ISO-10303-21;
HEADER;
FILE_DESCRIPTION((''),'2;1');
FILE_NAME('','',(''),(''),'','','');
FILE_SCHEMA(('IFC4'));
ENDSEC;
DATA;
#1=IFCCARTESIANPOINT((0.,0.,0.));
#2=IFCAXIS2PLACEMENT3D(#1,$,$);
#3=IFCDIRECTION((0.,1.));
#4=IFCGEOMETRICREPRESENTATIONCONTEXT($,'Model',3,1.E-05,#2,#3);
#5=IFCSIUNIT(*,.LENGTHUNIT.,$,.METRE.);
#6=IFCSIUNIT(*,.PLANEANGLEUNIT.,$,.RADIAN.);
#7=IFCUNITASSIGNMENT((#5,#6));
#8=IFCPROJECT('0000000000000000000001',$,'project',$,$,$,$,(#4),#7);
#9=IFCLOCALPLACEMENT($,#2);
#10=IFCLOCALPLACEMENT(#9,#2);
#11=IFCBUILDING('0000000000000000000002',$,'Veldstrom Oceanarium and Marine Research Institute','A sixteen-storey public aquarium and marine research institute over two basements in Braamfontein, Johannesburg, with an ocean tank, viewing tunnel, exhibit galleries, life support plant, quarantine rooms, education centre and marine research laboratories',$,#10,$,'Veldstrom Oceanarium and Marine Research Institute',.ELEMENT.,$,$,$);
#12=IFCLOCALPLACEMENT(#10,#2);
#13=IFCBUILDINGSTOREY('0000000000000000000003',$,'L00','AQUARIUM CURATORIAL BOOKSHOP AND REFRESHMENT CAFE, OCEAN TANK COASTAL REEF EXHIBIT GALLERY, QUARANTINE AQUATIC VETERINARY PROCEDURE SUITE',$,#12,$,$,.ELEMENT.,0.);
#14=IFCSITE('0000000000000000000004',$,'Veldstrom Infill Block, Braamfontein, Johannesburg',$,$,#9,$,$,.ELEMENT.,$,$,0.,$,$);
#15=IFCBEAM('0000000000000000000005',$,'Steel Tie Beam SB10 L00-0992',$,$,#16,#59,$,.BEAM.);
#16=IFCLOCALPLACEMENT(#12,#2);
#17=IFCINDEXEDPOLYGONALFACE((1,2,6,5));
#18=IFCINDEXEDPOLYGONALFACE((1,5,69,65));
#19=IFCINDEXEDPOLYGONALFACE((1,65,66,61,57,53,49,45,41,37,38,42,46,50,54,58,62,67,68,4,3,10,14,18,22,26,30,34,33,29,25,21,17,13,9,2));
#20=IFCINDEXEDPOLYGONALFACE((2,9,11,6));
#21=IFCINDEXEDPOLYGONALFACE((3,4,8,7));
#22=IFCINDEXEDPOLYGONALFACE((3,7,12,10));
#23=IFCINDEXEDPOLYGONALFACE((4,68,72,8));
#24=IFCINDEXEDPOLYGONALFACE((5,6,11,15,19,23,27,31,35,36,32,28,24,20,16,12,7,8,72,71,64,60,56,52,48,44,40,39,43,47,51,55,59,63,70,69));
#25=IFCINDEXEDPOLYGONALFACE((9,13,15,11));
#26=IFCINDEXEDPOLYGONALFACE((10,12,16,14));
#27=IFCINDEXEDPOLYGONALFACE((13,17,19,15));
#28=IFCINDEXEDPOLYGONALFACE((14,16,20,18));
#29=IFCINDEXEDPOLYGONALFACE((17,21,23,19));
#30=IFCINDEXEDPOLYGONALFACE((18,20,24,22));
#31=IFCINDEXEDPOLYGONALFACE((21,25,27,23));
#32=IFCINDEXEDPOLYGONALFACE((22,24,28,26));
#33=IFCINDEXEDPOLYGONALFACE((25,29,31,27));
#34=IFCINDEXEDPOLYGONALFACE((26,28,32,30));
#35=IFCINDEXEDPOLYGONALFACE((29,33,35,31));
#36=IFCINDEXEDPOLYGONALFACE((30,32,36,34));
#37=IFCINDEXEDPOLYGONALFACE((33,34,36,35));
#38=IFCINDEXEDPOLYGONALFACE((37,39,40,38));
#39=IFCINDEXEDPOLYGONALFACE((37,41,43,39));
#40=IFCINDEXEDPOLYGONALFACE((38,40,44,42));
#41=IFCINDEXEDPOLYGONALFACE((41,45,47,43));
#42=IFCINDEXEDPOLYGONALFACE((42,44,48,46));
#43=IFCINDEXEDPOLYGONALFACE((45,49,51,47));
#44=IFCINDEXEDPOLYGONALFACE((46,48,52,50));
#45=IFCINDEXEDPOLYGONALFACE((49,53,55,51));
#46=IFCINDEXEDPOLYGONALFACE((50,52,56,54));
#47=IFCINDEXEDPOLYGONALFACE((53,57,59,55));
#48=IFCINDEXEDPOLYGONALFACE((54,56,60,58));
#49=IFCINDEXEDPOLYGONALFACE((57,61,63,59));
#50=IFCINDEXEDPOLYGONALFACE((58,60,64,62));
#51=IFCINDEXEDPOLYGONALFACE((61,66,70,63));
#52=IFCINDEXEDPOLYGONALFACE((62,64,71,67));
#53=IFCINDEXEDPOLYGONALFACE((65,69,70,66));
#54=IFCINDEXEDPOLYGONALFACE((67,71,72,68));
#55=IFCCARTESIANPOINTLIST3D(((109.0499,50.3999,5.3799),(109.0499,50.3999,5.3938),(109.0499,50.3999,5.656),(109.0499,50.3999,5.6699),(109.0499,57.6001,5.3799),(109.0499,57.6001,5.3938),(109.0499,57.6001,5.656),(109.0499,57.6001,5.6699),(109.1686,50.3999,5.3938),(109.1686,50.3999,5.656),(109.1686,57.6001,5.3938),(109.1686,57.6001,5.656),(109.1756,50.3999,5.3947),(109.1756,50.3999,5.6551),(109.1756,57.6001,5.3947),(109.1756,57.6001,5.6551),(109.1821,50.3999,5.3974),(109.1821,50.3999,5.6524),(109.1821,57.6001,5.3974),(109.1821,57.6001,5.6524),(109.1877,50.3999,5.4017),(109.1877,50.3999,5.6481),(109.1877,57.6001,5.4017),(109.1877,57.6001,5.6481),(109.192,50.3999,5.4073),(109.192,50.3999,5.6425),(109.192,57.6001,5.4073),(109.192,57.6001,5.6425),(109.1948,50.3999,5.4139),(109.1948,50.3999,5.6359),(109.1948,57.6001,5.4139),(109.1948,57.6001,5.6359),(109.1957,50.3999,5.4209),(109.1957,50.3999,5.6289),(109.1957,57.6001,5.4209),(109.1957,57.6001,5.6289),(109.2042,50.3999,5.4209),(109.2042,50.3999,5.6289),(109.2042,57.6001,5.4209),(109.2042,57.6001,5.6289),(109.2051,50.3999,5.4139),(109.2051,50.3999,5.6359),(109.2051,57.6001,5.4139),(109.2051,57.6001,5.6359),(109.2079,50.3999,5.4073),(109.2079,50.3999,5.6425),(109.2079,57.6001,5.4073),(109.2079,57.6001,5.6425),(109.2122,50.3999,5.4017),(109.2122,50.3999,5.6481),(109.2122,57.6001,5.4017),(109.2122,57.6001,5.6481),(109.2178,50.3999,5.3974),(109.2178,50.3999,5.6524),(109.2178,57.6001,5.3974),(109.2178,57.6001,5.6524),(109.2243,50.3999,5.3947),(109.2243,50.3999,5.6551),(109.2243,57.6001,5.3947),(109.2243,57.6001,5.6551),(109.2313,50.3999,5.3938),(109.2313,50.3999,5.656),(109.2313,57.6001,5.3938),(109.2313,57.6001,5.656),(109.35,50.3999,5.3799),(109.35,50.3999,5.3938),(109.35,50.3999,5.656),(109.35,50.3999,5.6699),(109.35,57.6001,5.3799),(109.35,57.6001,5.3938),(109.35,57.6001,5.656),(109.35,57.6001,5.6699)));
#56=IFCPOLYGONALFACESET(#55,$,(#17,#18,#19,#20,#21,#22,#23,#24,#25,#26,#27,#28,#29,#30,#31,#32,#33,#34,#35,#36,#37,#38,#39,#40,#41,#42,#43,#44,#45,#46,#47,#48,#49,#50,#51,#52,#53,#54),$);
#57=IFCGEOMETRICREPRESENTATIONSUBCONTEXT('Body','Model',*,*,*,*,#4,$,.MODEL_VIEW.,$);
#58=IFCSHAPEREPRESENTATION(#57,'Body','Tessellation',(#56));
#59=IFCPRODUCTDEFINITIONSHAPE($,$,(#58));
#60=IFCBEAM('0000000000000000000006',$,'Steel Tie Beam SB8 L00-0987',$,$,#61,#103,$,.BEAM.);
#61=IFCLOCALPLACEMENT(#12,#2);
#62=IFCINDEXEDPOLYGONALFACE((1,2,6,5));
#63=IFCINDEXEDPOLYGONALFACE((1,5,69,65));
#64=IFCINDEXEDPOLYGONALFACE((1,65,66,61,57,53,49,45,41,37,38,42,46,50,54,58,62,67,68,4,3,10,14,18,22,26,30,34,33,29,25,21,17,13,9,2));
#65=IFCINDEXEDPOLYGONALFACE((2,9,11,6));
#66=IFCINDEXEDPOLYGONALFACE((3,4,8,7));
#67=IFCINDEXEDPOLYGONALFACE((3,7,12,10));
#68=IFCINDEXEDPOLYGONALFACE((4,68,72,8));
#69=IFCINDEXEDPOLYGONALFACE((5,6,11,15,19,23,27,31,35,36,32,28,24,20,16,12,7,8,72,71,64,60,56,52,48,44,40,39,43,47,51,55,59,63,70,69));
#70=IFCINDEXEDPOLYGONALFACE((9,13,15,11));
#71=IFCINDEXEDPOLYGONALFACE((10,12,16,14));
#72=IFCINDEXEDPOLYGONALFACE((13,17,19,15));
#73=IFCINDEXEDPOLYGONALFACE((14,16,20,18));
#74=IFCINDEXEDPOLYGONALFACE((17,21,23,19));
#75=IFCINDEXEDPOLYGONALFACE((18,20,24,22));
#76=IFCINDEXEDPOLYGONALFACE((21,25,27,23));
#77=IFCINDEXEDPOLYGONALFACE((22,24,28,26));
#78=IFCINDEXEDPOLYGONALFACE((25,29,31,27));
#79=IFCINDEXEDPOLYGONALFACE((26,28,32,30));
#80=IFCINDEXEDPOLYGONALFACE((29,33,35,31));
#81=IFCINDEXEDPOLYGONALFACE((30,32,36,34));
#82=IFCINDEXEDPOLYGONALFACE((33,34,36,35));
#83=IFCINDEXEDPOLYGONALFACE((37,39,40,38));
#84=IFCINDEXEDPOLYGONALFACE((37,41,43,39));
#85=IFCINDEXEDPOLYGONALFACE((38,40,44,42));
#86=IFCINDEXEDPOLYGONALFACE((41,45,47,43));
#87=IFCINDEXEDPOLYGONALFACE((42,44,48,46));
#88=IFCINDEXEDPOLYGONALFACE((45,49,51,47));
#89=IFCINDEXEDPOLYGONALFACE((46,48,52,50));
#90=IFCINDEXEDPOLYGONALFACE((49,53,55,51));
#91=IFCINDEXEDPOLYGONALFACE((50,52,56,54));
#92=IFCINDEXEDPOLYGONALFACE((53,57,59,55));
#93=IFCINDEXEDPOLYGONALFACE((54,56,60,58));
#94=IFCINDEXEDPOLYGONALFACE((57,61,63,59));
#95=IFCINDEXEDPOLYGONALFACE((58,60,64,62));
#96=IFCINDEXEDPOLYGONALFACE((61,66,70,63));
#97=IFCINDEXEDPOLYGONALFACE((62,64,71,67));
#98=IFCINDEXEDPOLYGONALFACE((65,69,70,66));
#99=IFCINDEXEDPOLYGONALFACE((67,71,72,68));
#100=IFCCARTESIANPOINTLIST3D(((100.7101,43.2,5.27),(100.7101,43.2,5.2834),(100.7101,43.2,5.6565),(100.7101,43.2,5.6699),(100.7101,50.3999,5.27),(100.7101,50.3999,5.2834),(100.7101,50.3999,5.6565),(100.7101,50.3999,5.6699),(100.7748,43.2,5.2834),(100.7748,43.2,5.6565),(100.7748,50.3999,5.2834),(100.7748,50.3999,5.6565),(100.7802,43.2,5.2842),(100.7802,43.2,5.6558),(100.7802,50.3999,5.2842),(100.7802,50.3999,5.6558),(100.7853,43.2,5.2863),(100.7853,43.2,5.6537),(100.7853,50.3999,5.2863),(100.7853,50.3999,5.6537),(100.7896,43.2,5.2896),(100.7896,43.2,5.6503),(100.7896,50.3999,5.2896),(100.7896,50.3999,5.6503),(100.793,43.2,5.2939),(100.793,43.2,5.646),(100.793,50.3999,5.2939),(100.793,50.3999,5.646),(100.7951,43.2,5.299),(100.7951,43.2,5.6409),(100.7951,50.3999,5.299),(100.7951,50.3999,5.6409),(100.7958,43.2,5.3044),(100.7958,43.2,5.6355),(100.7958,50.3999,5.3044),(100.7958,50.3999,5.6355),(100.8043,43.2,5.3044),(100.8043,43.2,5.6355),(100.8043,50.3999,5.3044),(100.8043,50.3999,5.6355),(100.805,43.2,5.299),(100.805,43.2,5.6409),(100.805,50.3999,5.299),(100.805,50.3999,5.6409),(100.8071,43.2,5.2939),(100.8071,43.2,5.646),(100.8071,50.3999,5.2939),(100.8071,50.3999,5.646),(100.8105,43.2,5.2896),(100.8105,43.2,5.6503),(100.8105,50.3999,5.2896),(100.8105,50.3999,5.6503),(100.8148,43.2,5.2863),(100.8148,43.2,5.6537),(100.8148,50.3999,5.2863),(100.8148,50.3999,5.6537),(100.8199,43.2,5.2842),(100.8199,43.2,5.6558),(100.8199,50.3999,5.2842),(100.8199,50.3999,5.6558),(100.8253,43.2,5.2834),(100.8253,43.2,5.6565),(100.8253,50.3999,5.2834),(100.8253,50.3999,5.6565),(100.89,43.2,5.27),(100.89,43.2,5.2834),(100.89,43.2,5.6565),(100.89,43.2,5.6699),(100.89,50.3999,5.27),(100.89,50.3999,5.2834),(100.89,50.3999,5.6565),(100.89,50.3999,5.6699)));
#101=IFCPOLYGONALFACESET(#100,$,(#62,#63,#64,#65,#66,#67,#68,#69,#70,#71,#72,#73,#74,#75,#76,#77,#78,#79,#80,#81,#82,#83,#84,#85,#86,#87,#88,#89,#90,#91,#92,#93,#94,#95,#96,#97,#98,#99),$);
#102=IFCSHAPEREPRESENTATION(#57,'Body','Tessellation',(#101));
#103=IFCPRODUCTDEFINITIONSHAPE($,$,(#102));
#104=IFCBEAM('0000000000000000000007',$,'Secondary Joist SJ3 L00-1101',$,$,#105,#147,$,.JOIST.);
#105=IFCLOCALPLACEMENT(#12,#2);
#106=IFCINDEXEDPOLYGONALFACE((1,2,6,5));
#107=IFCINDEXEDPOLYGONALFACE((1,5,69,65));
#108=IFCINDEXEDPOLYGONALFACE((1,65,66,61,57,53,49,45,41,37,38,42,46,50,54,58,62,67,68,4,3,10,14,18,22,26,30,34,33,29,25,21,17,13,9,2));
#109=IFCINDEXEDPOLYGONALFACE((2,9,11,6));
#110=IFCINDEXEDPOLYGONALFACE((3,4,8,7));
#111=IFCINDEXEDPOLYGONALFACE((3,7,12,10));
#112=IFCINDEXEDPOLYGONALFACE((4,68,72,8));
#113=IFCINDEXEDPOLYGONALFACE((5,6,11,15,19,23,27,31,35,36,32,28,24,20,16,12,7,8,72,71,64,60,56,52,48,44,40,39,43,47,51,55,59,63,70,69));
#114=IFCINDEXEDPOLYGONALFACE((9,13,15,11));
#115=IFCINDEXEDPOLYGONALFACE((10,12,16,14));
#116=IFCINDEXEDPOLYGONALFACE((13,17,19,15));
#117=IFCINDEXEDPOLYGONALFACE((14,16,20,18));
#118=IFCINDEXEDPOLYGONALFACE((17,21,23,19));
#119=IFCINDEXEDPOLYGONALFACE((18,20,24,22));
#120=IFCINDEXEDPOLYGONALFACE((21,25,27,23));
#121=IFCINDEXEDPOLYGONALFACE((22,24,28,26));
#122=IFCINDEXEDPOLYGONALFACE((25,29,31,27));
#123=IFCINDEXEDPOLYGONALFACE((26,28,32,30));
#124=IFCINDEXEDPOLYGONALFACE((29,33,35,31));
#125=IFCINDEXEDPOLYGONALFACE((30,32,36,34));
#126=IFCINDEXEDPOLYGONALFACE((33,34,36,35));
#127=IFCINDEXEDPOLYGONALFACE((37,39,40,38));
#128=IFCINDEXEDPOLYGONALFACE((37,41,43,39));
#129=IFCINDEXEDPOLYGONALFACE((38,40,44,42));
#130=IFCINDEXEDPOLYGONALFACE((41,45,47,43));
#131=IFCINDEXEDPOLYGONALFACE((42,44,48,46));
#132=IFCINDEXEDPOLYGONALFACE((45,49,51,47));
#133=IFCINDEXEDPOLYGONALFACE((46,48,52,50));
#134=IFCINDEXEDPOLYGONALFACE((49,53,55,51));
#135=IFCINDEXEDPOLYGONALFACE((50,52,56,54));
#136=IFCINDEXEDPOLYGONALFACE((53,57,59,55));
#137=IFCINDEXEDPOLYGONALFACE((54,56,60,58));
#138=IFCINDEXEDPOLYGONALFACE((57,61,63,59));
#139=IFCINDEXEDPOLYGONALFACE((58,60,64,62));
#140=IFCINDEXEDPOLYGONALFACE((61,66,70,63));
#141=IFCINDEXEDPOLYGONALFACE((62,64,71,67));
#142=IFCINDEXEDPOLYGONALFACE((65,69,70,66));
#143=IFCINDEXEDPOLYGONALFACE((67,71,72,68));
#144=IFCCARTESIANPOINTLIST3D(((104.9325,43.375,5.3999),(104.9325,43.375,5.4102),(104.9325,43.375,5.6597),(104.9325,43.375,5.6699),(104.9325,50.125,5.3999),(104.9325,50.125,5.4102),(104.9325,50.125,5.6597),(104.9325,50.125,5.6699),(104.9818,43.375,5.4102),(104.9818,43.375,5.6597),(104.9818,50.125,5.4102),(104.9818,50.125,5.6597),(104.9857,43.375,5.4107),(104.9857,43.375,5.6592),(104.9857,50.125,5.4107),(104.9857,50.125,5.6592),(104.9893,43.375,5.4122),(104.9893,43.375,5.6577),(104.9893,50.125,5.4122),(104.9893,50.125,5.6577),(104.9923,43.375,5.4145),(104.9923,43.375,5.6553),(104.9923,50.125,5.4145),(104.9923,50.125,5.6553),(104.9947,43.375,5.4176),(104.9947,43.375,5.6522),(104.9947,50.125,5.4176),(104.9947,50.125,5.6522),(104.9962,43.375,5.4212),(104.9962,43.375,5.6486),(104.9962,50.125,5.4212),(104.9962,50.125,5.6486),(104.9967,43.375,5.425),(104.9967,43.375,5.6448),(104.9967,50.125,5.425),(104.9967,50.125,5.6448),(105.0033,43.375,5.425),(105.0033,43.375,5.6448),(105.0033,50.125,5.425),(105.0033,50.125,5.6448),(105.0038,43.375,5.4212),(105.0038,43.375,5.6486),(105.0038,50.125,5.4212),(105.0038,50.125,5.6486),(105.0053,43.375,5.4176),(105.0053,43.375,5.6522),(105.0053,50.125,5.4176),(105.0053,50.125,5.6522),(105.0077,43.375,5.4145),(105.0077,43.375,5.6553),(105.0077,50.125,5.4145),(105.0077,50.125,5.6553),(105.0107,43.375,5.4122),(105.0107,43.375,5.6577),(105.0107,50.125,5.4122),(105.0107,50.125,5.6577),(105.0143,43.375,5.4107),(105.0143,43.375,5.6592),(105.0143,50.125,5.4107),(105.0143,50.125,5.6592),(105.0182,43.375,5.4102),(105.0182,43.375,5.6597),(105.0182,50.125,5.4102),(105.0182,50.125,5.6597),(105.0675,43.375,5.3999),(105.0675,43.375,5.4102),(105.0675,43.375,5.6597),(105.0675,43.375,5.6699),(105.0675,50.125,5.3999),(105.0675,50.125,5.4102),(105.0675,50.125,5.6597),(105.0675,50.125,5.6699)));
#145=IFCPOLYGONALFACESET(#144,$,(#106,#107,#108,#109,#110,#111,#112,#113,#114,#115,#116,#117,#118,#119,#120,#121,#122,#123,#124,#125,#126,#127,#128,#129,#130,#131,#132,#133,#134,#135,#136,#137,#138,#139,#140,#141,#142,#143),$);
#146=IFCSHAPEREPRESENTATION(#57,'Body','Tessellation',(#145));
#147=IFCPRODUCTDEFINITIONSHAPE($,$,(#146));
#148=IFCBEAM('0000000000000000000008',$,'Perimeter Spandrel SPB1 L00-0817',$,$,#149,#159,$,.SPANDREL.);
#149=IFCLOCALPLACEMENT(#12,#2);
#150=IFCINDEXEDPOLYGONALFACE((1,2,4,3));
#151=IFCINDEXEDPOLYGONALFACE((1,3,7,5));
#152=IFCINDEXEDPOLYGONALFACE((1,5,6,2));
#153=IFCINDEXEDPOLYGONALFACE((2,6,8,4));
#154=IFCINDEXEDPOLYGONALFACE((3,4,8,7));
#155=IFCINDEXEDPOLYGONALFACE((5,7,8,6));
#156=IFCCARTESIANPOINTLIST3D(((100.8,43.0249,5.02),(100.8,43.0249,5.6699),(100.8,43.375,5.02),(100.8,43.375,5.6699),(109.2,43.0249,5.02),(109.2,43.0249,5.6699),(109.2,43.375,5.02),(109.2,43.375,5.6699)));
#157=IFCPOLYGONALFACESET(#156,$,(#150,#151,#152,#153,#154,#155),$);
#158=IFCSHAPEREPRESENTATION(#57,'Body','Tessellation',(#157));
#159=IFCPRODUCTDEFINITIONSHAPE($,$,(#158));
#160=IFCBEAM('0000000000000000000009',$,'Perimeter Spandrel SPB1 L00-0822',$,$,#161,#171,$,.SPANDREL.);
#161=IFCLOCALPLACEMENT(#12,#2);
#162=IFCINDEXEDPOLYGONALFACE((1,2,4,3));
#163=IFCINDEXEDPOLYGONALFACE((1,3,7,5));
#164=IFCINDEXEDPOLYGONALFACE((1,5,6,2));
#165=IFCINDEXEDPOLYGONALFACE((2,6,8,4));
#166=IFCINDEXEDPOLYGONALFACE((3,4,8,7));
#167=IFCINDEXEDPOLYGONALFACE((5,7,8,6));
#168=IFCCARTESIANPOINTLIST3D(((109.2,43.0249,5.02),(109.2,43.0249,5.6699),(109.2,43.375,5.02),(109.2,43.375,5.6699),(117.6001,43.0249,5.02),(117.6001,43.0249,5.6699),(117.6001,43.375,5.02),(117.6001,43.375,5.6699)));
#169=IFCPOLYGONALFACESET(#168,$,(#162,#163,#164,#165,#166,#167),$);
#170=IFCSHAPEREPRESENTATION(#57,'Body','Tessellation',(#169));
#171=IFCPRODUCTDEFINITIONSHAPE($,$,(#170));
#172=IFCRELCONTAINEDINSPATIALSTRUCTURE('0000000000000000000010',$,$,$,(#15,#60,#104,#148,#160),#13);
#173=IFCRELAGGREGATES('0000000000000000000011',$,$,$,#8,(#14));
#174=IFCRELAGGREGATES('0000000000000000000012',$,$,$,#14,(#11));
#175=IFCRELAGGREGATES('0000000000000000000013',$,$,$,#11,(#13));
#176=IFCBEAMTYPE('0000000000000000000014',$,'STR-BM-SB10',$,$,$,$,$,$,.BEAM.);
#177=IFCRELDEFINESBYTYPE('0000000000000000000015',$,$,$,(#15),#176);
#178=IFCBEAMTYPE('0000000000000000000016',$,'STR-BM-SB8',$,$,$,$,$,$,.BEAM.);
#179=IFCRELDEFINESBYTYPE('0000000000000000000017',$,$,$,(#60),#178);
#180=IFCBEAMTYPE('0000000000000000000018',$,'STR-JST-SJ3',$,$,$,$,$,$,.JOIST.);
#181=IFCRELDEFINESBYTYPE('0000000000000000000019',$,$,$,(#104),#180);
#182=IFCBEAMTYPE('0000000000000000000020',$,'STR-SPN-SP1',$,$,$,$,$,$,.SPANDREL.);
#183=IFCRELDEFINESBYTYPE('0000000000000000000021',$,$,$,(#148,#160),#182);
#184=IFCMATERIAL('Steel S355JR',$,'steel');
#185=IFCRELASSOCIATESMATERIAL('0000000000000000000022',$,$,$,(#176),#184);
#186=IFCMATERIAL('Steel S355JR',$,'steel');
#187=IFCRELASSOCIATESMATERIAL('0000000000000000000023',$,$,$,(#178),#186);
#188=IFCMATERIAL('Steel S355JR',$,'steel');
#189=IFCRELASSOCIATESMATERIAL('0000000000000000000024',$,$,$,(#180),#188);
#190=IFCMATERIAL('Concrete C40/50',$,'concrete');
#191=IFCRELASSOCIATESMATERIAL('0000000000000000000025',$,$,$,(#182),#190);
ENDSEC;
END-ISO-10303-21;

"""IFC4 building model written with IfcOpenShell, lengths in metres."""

from ifc_helpers import new_model, si_unit, direction, frame, origin, origin_2d, place, context, subcontext, project, spatial, rectangle, i_section, extrude, material, material_profile, profile_set, type_object, element, save


model = new_model("IFC4")

# Units and contexts
model_context = context("Model", 3, precision=1e-05, world=origin(), true_north=direction((0.0, 1.0)))
body_context = subcontext(model_context, "Body", "Model", "MODEL_VIEW")
ifc_project = project(units=[si_unit("LENGTHUNIT", "METRE"), si_unit("PLANEANGLEUNIT", "RADIAN")], contexts=[model_context])

# Site, building, storey
site_placement = place(None, origin())
site = spatial("IfcSite", under=ifc_project, at=site_placement, Name="Veldstrom Infill Block, Braamfontein, Johannesburg", CompositionType="ELEMENT", RefElevation=0.0)
building_placement = place(site_placement, origin())
building = spatial("IfcBuilding", under=site, at=building_placement, Name="Veldstrom Oceanarium and Marine Research Institute", Description="A sixteen-storey public aquarium and marine research institute over two basements in Braamfontein, Johannesburg, with an ocean tank, viewing tunnel, exhibit galleries, life support plant, quarantine rooms, education centre and marine research laboratories", LongName="Veldstrom Oceanarium and Marine Research Institute", CompositionType="ELEMENT")
storey_placement = place(building_placement, origin())
storey = spatial("IfcBuildingStorey", under=building, at=storey_placement, Name="L00", Description="AQUARIUM CURATORIAL BOOKSHOP AND REFRESHMENT CAFE, OCEAN TANK COASTAL REEF EXHIBIT GALLERY, QUARANTINE AQUATIC VETERINARY PROCEDURE SUITE", CompositionType="ELEMENT", Elevation=0.0)

# Beams
ifc_material_1 = material(Name="Steel S355JR", Category="steel")
ifc_material_profile_1 = material_profile(ifc_material_1, i_section(OverallWidth=0.3, OverallDepth=0.29, WebThickness=0.0085, FlangeThickness=0.0139, FilletRadius=0.0271, at=origin_2d()), Name="HEA 300")
ifc_profile_set_1 = profile_set([ifc_material_profile_1], Name="Steel S355JR")
beam_type_1 = type_object("IfcBeamType", Name="STR-BM-SB10", PredefinedType="BEAM", material=ifc_profile_set_1)
beam_1_placement = place(storey_placement, frame((109.2, 50.3999, 5.5249), z_axis=(0.0, 1.0, 0.0), x_axis=(-1.0, 0.0, 0.0)))
element("IfcBeam", 1, at=beam_1_placement, inside=storey, type_object=beam_type_1, Name="Steel Tie Beam SB10 L00-0992", PredefinedType="BEAM", context=body_context, shape_type="SweptSolid", body=[
    extrude(i_section(OverallWidth=0.3, OverallDepth=0.29, WebThickness=0.0085, FlangeThickness=0.0139, FilletRadius=0.0271, at=origin_2d()), origin(), (0.0, 0.0, 1.0), 7.2002),
])
ifc_material_2 = material(Name="Steel S355JR", Category="steel")
ifc_material_profile_2 = material_profile(ifc_material_2, i_section(OverallWidth=0.1799, OverallDepth=0.3999, WebThickness=0.0085, FlangeThickness=0.0134, FilletRadius=0.021, at=origin_2d()), Name="IPE 400")
ifc_profile_set_2 = profile_set([ifc_material_profile_2], Name="Steel S355JR")
beam_type_2 = type_object("IfcBeamType", Name="STR-BM-SB8", PredefinedType="BEAM", material=ifc_profile_set_2)
beam_2_placement = place(storey_placement, frame((100.8, 43.2, 5.47), z_axis=(0.0, 1.0, 0.0), x_axis=(-1.0, 0.0, 0.0)))
element("IfcBeam", 2, at=beam_2_placement, inside=storey, type_object=beam_type_2, Name="Steel Tie Beam SB8 L00-0987", PredefinedType="BEAM", context=body_context, shape_type="SweptSolid", body=[
    extrude(i_section(OverallWidth=0.1799, OverallDepth=0.3999, WebThickness=0.0085, FlangeThickness=0.0134, FilletRadius=0.021, at=origin_2d()), origin(), (0.0, 0.0, 1.0), 7.2),
])
ifc_material_3 = material(Name="Steel S355JR", Category="steel")
ifc_material_profile_3 = material_profile(ifc_material_3, i_section(OverallWidth=0.135, OverallDepth=0.27, WebThickness=0.0066, FlangeThickness=0.0103, FilletRadius=0.0149, at=origin_2d()), Name="IPE 270")
ifc_profile_set_3 = profile_set([ifc_material_profile_3], Name="Steel S355JR")
beam_type_3 = type_object("IfcBeamType", Name="STR-JST-SJ3", PredefinedType="JOIST", material=ifc_profile_set_3)
beam_3_placement = place(storey_placement, frame((105.0, 43.375, 5.5349), z_axis=(0.0, 1.0, 0.0), x_axis=(-1.0, 0.0, 0.0)))
element("IfcBeam", 3, at=beam_3_placement, inside=storey, type_object=beam_type_3, Name="Secondary Joist SJ3 L00-1101", PredefinedType="JOIST", context=body_context, shape_type="SweptSolid", body=[
    extrude(i_section(OverallWidth=0.135, OverallDepth=0.27, WebThickness=0.0066, FlangeThickness=0.0103, FilletRadius=0.0149, at=origin_2d()), origin(), (0.0, 0.0, 1.0), 6.75),
])
ifc_material_4 = material(Name="Concrete C40/50", Category="concrete")
ifc_material_profile_4 = material_profile(ifc_material_4, rectangle(XDim=0.3501, YDim=0.6499, at=origin_2d()), Name="RC-SPN-350x650")
ifc_profile_set_4 = profile_set([ifc_material_profile_4], Name="Concrete C40/50")
beam_type_4 = type_object("IfcBeamType", Name="STR-SPN-SP1", PredefinedType="SPANDREL", material=ifc_profile_set_4)
beam_4_placement = place(storey_placement, frame((100.8, 43.2, 5.345), z_axis=(1.0, 0.0, 0.0), x_axis=(0.0, 1.0, 0.0)))
element("IfcBeam", 4, at=beam_4_placement, inside=storey, type_object=beam_type_4, Name="Perimeter Spandrel SPB1 L00-0817", PredefinedType="SPANDREL", context=body_context, shape_type="SweptSolid", body=[
    extrude(rectangle(XDim=0.3501, YDim=0.6499, at=origin_2d()), origin(), (0.0, 0.0, 1.0), 8.3999),
])
beam_5_placement = place(storey_placement, frame((109.2, 43.2, 5.345), z_axis=(1.0, 0.0, 0.0), x_axis=(0.0, 1.0, 0.0)))
element("IfcBeam", 5, at=beam_5_placement, inside=storey, type_object=beam_type_4, Name="Perimeter Spandrel SPB1 L00-0822", PredefinedType="SPANDREL", context=body_context, shape_type="SweptSolid", body=[
    extrude(rectangle(XDim=0.3501, YDim=0.6499, at=origin_2d()), origin(), (0.0, 0.0, 1.0), 8.4001),
])

save(model, "model.ifc")
